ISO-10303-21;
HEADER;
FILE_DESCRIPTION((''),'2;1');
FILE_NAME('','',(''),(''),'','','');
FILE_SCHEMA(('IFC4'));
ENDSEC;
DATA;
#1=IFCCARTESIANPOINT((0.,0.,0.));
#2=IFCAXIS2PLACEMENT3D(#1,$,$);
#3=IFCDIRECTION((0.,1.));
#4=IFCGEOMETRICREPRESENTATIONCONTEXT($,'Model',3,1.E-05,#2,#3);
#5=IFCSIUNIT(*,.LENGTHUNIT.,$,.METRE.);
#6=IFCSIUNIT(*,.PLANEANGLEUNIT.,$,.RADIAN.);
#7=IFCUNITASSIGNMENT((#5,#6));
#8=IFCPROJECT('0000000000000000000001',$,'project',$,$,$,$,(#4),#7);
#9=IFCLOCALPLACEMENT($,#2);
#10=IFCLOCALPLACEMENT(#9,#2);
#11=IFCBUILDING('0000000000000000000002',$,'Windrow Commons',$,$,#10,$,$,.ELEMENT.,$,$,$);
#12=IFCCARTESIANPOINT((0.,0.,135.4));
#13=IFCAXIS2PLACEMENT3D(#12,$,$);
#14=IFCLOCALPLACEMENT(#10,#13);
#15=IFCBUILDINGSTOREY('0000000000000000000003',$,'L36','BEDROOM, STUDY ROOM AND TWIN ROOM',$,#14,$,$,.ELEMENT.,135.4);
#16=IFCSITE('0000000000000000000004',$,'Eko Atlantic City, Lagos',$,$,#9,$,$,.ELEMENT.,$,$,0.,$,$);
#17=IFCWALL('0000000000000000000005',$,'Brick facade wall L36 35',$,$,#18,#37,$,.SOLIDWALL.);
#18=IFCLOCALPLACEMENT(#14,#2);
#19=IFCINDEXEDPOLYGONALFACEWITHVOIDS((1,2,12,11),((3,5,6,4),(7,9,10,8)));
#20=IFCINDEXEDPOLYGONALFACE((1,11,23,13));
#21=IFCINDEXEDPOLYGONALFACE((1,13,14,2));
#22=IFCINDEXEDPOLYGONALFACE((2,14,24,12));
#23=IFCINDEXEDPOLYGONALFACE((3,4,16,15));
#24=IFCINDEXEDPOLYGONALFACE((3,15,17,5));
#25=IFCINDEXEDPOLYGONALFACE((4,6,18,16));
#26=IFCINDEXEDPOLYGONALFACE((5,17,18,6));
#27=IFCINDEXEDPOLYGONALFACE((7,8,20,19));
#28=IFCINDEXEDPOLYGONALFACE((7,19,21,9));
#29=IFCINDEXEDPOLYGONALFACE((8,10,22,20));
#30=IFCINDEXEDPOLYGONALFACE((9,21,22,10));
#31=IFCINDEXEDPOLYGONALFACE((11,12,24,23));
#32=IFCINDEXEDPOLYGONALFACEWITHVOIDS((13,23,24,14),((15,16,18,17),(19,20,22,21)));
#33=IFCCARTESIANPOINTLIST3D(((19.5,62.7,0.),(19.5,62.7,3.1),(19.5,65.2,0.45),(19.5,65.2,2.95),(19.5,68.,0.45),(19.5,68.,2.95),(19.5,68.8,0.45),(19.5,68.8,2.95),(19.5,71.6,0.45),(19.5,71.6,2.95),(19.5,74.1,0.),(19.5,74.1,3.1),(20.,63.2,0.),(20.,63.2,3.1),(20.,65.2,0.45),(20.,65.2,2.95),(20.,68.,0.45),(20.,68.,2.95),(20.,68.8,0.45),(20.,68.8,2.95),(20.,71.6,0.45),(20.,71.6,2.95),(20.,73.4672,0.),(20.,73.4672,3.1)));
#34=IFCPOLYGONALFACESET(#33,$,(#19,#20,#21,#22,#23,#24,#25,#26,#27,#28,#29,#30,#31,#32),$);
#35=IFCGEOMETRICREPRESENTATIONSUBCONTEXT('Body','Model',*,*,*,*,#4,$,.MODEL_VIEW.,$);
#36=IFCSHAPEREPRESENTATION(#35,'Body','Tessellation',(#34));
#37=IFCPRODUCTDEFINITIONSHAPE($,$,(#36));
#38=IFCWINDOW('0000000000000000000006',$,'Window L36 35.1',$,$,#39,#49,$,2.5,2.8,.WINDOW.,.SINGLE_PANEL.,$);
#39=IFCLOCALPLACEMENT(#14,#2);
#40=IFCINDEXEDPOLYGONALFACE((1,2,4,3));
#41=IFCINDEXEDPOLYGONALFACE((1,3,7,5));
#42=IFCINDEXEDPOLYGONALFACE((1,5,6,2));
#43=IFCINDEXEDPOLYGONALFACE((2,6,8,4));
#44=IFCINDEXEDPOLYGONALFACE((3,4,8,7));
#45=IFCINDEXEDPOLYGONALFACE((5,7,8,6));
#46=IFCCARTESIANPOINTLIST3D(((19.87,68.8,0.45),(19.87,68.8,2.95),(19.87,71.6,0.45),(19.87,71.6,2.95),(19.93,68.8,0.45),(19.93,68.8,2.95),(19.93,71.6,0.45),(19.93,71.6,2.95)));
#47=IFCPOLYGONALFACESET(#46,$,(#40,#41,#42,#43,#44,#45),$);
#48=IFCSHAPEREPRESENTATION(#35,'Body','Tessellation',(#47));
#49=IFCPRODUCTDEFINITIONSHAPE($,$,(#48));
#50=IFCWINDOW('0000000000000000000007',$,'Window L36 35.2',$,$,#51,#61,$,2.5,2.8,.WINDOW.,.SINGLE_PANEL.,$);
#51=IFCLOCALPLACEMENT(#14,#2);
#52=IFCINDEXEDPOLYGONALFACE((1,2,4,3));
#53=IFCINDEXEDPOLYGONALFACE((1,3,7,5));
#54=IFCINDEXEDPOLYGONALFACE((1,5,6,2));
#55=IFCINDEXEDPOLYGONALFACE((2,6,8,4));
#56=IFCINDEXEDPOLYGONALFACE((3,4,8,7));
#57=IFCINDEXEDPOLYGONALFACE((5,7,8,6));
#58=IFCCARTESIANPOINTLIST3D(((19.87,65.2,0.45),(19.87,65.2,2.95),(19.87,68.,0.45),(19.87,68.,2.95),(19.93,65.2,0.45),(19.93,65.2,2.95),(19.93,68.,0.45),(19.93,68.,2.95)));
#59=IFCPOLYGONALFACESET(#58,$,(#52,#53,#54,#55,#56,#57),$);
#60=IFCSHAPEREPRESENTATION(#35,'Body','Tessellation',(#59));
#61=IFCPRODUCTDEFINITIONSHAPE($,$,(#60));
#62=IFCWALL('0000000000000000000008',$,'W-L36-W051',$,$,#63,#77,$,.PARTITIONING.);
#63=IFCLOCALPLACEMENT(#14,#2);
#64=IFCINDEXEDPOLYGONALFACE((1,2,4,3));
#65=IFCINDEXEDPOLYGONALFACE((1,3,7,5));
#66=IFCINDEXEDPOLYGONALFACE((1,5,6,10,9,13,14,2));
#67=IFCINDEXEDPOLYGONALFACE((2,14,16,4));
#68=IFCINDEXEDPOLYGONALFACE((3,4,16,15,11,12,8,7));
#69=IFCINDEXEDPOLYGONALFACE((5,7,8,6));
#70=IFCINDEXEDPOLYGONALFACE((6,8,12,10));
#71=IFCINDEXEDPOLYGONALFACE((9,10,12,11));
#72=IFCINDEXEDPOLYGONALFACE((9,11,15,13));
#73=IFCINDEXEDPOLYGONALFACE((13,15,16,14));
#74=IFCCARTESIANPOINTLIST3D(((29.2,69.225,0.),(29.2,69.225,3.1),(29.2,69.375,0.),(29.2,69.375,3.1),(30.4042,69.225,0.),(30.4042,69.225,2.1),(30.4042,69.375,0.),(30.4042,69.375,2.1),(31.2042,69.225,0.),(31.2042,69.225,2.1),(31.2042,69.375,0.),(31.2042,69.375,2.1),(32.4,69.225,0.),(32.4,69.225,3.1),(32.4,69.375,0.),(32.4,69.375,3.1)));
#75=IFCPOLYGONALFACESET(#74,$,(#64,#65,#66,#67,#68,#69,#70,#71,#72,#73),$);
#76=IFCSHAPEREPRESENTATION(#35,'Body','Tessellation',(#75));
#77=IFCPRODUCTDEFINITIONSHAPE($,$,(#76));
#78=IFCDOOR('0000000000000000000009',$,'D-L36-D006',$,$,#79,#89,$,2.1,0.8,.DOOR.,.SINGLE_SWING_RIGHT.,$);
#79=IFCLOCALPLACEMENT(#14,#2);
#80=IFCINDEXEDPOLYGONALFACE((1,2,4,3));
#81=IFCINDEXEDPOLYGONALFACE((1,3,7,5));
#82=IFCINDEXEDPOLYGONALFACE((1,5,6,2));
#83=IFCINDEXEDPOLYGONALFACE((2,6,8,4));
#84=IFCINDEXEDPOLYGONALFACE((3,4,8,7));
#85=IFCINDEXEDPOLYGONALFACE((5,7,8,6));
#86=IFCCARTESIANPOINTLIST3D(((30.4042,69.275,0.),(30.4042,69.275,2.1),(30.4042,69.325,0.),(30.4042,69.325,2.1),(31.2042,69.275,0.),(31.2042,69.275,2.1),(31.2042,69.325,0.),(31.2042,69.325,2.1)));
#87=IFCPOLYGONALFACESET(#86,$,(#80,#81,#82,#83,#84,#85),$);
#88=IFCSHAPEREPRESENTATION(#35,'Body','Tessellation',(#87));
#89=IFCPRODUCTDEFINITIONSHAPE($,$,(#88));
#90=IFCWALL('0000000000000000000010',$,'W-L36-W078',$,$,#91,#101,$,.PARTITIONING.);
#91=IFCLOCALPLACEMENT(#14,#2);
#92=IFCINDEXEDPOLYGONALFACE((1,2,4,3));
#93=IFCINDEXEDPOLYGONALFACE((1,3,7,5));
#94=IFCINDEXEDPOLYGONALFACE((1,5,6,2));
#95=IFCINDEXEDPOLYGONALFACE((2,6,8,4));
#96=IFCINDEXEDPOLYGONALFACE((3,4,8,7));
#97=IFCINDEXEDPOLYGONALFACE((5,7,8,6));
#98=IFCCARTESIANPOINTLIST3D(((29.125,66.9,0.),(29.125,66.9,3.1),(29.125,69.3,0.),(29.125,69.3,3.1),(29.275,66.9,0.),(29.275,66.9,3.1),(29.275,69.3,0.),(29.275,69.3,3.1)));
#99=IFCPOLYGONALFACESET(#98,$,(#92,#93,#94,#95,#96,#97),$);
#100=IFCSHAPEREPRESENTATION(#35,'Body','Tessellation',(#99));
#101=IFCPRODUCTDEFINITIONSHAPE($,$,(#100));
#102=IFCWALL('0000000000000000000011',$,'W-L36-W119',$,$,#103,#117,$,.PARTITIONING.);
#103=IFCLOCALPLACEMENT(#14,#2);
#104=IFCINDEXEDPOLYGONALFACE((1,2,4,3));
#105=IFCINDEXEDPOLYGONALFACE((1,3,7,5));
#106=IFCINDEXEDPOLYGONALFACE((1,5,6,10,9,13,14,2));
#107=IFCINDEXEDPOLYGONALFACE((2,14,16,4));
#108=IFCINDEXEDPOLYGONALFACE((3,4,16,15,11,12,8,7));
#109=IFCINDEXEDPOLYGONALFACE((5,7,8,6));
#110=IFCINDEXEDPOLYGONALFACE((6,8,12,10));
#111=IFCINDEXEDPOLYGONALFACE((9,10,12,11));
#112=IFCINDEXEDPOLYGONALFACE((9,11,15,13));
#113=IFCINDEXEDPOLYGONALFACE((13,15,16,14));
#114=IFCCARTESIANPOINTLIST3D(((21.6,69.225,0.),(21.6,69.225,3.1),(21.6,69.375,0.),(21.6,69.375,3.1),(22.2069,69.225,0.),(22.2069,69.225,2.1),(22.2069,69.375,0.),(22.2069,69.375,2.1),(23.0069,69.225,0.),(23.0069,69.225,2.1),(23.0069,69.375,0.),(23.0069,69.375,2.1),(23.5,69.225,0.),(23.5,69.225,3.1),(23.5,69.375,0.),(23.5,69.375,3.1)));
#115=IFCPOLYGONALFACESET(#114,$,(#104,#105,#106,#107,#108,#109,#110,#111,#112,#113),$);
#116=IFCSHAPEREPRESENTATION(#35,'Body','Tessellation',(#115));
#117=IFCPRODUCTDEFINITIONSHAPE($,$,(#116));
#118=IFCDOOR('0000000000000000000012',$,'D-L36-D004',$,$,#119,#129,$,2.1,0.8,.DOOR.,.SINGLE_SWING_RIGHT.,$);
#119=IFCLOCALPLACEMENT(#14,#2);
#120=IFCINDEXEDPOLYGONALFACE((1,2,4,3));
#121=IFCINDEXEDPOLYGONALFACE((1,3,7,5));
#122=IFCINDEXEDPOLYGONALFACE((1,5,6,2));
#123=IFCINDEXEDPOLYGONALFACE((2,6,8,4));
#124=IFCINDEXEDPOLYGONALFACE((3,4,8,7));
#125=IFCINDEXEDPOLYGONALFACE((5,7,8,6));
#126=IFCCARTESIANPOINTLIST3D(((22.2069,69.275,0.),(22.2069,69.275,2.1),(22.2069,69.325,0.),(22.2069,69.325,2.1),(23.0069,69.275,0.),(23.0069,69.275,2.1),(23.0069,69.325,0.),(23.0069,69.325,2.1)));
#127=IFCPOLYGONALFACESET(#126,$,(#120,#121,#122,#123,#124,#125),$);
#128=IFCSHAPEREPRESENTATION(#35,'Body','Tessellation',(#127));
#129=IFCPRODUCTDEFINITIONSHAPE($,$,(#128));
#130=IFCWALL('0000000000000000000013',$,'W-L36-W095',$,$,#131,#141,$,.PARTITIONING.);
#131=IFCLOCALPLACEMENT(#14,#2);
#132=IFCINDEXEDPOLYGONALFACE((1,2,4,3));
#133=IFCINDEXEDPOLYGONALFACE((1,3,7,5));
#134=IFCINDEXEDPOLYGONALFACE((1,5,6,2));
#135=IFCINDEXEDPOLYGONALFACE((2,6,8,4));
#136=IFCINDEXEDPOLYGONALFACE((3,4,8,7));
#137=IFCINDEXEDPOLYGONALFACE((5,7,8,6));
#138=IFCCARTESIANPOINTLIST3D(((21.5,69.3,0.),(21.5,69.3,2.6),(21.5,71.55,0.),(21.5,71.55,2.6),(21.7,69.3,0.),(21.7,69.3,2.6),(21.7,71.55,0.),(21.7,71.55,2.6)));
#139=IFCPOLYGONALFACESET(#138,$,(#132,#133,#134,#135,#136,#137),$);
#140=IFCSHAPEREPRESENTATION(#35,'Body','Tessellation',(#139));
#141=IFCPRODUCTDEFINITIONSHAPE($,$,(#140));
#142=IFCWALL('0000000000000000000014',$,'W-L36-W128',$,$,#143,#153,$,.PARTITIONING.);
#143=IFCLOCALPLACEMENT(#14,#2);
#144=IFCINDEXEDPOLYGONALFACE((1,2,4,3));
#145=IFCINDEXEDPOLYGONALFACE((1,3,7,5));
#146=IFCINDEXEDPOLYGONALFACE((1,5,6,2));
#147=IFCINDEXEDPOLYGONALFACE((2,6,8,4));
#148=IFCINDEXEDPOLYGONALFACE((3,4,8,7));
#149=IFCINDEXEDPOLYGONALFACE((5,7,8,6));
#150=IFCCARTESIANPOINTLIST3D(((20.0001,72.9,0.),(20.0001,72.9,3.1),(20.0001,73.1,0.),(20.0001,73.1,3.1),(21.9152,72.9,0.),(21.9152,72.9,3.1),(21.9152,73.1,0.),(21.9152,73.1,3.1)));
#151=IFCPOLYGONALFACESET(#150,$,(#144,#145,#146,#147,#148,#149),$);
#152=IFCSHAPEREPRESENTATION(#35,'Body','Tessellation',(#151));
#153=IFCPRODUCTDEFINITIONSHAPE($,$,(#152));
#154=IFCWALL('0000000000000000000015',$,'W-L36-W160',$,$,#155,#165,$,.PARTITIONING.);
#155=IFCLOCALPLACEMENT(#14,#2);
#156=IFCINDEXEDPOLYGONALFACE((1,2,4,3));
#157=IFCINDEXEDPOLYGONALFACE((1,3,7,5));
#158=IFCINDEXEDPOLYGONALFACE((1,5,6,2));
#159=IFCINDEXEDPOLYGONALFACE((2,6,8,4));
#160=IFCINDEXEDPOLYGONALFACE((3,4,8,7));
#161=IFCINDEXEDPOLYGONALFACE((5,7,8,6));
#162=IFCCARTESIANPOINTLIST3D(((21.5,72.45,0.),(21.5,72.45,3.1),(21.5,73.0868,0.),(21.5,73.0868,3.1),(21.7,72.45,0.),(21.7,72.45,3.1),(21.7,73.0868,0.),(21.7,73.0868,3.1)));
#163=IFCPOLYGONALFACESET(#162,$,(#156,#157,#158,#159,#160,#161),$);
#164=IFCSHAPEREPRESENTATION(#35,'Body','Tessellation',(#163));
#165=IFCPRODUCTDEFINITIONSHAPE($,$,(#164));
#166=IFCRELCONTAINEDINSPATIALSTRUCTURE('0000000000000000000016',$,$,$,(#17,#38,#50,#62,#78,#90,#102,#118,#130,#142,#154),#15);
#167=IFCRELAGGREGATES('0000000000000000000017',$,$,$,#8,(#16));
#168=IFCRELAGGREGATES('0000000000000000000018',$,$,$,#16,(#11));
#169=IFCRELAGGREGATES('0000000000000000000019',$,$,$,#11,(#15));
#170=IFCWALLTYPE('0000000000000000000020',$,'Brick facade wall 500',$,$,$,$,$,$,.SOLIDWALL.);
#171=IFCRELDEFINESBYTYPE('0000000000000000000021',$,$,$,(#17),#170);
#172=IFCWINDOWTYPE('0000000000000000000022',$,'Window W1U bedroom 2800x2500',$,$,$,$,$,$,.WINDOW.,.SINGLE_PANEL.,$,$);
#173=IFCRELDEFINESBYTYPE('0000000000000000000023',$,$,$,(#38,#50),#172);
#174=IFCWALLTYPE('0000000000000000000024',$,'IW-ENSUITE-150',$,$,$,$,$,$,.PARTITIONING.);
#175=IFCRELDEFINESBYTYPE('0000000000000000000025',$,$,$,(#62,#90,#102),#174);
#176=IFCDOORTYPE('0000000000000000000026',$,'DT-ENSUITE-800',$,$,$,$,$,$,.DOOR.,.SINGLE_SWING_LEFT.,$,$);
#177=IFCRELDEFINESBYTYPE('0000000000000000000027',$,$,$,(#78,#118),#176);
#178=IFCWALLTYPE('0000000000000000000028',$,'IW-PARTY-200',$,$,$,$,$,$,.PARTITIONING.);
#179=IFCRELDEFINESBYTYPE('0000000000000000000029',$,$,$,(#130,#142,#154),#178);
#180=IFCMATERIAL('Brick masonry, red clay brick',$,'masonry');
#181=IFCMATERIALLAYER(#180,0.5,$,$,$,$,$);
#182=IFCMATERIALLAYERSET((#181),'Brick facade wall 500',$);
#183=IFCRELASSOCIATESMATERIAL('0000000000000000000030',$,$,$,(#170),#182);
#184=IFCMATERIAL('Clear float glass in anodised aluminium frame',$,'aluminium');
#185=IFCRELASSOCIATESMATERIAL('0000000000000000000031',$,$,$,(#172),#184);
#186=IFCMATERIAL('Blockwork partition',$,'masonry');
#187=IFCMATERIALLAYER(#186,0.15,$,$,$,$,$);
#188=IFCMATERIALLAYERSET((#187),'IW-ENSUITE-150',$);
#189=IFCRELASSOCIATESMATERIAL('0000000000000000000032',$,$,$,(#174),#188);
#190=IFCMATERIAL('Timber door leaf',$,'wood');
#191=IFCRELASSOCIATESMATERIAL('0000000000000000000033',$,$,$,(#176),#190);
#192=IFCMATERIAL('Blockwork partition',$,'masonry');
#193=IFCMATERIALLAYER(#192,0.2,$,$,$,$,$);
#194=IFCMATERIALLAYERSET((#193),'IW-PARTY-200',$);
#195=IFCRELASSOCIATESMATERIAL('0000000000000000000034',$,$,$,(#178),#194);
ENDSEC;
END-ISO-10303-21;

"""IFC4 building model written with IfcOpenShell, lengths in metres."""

from ifc_helpers import new_model, si_unit, direction, frame, frame_2d, origin, place, context, subcontext, project, spatial, polyline, rectangle, outline, extrude, material, layer, layer_set, type_object, element, fill, save


model = new_model("IFC4")

# Units and contexts
model_context = context("Model", 3, precision=1e-05, world=origin(), true_north=direction((0.0, 1.0)))
body_context = subcontext(model_context, "Body", "Model", "MODEL_VIEW")
ifc_project = project(units=[si_unit("LENGTHUNIT", "METRE"), si_unit("PLANEANGLEUNIT", "RADIAN")], contexts=[model_context])

# Site, building, storey
site_placement = place(None, origin())
site = spatial("IfcSite", under=ifc_project, at=site_placement, Name="Eko Atlantic City, Lagos", CompositionType="ELEMENT", RefElevation=0.0)
building_placement = place(site_placement, origin())
building = spatial("IfcBuilding", under=site, at=building_placement, Name="Windrow Commons", CompositionType="ELEMENT")
storey_placement = place(building_placement, frame((0.0, 0.0, 135.4)))
storey = spatial("IfcBuildingStorey", under=building, at=storey_placement, Name="L36", Description="BEDROOM, STUDY ROOM AND TWIN ROOM", CompositionType="ELEMENT", Elevation=135.4)

# Wall, openings, windows
ifc_material_1 = material(Name="Brick masonry, red clay brick", Category="masonry")
ifc_layer_1 = layer(ifc_material_1, 0.5)
ifc_layer_set_1 = layer_set([ifc_layer_1], Name="Brick facade wall 500")
wall_type_1 = type_object("IfcWallType", Name="Brick facade wall 500", PredefinedType="SOLIDWALL", material=ifc_layer_set_1)
wall_1_placement = place(storey_placement, frame((19.75, 73.7836, 0.0), z_axis=(0.0, 0.0, 1.0), x_axis=(0.0, -1.0, 0.0)))
wall_1 = element("IfcWall", 1, at=wall_1_placement, inside=storey, type_object=wall_type_1, Name="Brick facade wall L36 35", PredefinedType="SOLIDWALL", context=body_context, shape_type="SweptSolid", body=[
    extrude(outline(polyline([(-0.3164, -0.25), (11.0836, -0.25), (10.5836, 0.25), (0.3164, 0.25), (-0.3164, -0.25)])), origin(), (0.0, 0.0, 1.0), 3.1),
])
opening_1_placement = place(wall_1_placement, frame((2.1836, 0.0, 0.45)))
opening_1 = element("IfcOpeningElement", 2, at=opening_1_placement, cuts=wall_1, PredefinedType="OPENING", context=body_context, shape_type="SweptSolid", body=[
    extrude(rectangle(XDim=2.8, YDim=2.5, at=frame_2d((1.4, 1.25))), frame((0.0, 0.26, 0.0), z_axis=(0.0, -1.0, 0.0), x_axis=(1.0, 0.0, 0.0)), (0.0, 0.0, 1.0), 0.52),
])
opening_2_placement = place(wall_1_placement, frame((5.7836, 0.0, 0.45)))
opening_2 = element("IfcOpeningElement", 3, at=opening_2_placement, cuts=wall_1, PredefinedType="OPENING", context=body_context, shape_type="SweptSolid", body=[
    extrude(rectangle(XDim=2.8, YDim=2.5, at=frame_2d((1.4, 1.25))), frame((0.0, 0.26, 0.0), z_axis=(0.0, -1.0, 0.0), x_axis=(1.0, 0.0, 0.0)), (0.0, 0.0, 1.0), 0.52),
])
ifc_material_2 = material(Name="Clear float glass in anodised aluminium frame", Category="aluminium")
window_type_1 = type_object("IfcWindowType", Name="Window W1U bedroom 2800x2500", PartitioningType="SINGLE_PANEL", PredefinedType="WINDOW", material=ifc_material_2)
window_1_placement = place(opening_1_placement, origin())
window_1 = element("IfcWindow", 4, at=window_1_placement, inside=storey, type_object=window_type_1, Name="Window L36 35.1", OverallHeight=2.5, OverallWidth=2.8, PartitioningType="SINGLE_PANEL", PredefinedType="WINDOW", context=body_context, shape_type="SweptSolid", body=[
    extrude(rectangle(XDim=2.8, YDim=2.5, at=frame_2d((1.4, 1.25))), frame((0.0, 0.18, 0.0), z_axis=(0.0, -1.0, 0.0), x_axis=(1.0, 0.0, 0.0)), (0.0, 0.0, 1.0), 0.06),
])
fill(opening_1, window_1)
window_2_placement = place(opening_2_placement, origin())
window_2 = element("IfcWindow", 5, at=window_2_placement, inside=storey, type_object=window_type_1, Name="Window L36 35.2", OverallHeight=2.5, OverallWidth=2.8, PartitioningType="SINGLE_PANEL", PredefinedType="WINDOW", context=body_context, shape_type="SweptSolid", body=[
    extrude(rectangle(XDim=2.8, YDim=2.5, at=frame_2d((1.4, 1.25))), frame((0.0, 0.18, 0.0), z_axis=(0.0, -1.0, 0.0), x_axis=(1.0, 0.0, 0.0)), (0.0, 0.0, 1.0), 0.06),
])
fill(opening_2, window_2)

# Wall, opening, door
ifc_material_3 = material(Name="Blockwork partition", Category="masonry")
ifc_layer_2 = layer(ifc_material_3, 0.15)
ifc_layer_set_2 = layer_set([ifc_layer_2], Name="IW-ENSUITE-150")
wall_type_2 = type_object("IfcWallType", Name="IW-ENSUITE-150", PredefinedType="PARTITIONING", material=ifc_layer_set_2)
wall_2_placement = place(storey_placement, frame((29.2, 69.3, 0.0), z_axis=(0.0, 0.0, 1.0), x_axis=(1.0, 0.0, 0.0)))
wall_2 = element("IfcWall", 6, at=wall_2_placement, inside=storey, type_object=wall_type_2, Name="W-L36-W051", PredefinedType="PARTITIONING", context=body_context, shape_type="SweptSolid", body=[
    extrude(rectangle(XDim=3.2, YDim=0.15, at=frame_2d((1.6, 0.0))), origin(), (0.0, 0.0, 1.0), 3.1),
])
opening_3_placement = place(wall_2_placement, frame((1.2042, 0.0, 0.0)))
opening_3 = element("IfcOpeningElement", 7, at=opening_3_placement, cuts=wall_2, PredefinedType="OPENING", context=body_context, shape_type="SweptSolid", body=[
    extrude(rectangle(XDim=0.8, YDim=2.1, at=frame_2d((0.4, 1.05))), frame((0.0, 0.085, 0.0), z_axis=(0.0, -1.0, 0.0), x_axis=(1.0, 0.0, 0.0)), (0.0, 0.0, 1.0), 0.17),
])
ifc_material_4 = material(Name="Timber door leaf", Category="wood")
door_type = type_object("IfcDoorType", Name="DT-ENSUITE-800", OperationType="SINGLE_SWING_LEFT", PredefinedType="DOOR", material=ifc_material_4)
door_1_placement = place(opening_3_placement, origin())
door_1 = element("IfcDoor", 8, at=door_1_placement, inside=storey, type_object=door_type, Name="D-L36-D006", OperationType="SINGLE_SWING_RIGHT", OverallHeight=2.1, OverallWidth=0.8, PredefinedType="DOOR", context=body_context, shape_type="SweptSolid", body=[
    extrude(rectangle(XDim=0.8, YDim=2.1, at=frame_2d((0.4, 1.05))), frame((0.0, 0.025, 0.0), z_axis=(0.0, -1.0, 0.0), x_axis=(1.0, 0.0, 0.0)), (0.0, 0.0, 1.0), 0.05),
])
fill(opening_3, door_1)

# Wall
wall_3_placement = place(storey_placement, frame((29.2, 66.9, 0.0), z_axis=(0.0, 0.0, 1.0), x_axis=(0.0, 1.0, 0.0)))
element("IfcWall", 9, at=wall_3_placement, inside=storey, type_object=wall_type_2, Name="W-L36-W078", PredefinedType="PARTITIONING", context=body_context, shape_type="SweptSolid", body=[
    extrude(rectangle(XDim=2.4, YDim=0.15, at=frame_2d((1.2, 0.0))), origin(), (0.0, 0.0, 1.0), 3.1),
])

# Wall, opening, door
wall_4_placement = place(storey_placement, frame((21.6, 69.3, 0.0), z_axis=(0.0, 0.0, 1.0), x_axis=(1.0, 0.0, 0.0)))
wall_4 = element("IfcWall", 10, at=wall_4_placement, inside=storey, type_object=wall_type_2, Name="W-L36-W119", PredefinedType="PARTITIONING", context=body_context, shape_type="SweptSolid", body=[
    extrude(rectangle(XDim=1.9, YDim=0.15, at=frame_2d((0.95, 0.0))), origin(), (0.0, 0.0, 1.0), 3.1),
])
opening_4_placement = place(wall_4_placement, frame((0.6069, 0.0, 0.0)))
opening_4 = element("IfcOpeningElement", 11, at=opening_4_placement, cuts=wall_4, PredefinedType="OPENING", context=body_context, shape_type="SweptSolid", body=[
    extrude(rectangle(XDim=0.8, YDim=2.1, at=frame_2d((0.4, 1.05))), frame((0.0, 0.085, 0.0), z_axis=(0.0, -1.0, 0.0), x_axis=(1.0, 0.0, 0.0)), (0.0, 0.0, 1.0), 0.17),
])
door_2_placement = place(opening_4_placement, origin())
door_2 = element("IfcDoor", 12, at=door_2_placement, inside=storey, type_object=door_type, Name="D-L36-D004", OperationType="SINGLE_SWING_RIGHT", OverallHeight=2.1, OverallWidth=0.8, PredefinedType="DOOR", context=body_context, shape_type="SweptSolid", body=[
    extrude(rectangle(XDim=0.8, YDim=2.1, at=frame_2d((0.4, 1.05))), frame((0.0, 0.025, 0.0), z_axis=(0.0, -1.0, 0.0), x_axis=(1.0, 0.0, 0.0)), (0.0, 0.0, 1.0), 0.05),
])
fill(opening_4, door_2)

# Walls
ifc_material_5 = material(Name="Blockwork partition", Category="masonry")
ifc_layer_3 = layer(ifc_material_5, 0.2)
ifc_layer_set_3 = layer_set([ifc_layer_3], Name="IW-PARTY-200")
wall_type_3 = type_object("IfcWallType", Name="IW-PARTY-200", PredefinedType="PARTITIONING", material=ifc_layer_set_3)
wall_5_placement = place(storey_placement, frame((21.6, 69.3, 0.0), z_axis=(0.0, 0.0, 1.0), x_axis=(0.0, 1.0, 0.0)))
element("IfcWall", 13, at=wall_5_placement, inside=storey, type_object=wall_type_3, Name="W-L36-W095", PredefinedType="PARTITIONING", context=body_context, shape_type="SweptSolid", body=[
    extrude(rectangle(XDim=2.25, YDim=0.2, at=frame_2d((1.125, 0.0))), origin(), (0.0, 0.0, 1.0), 2.6),
])
wall_6_placement = place(storey_placement, frame((20.0, 73.0, 0.0), z_axis=(0.0, 0.0, 1.0), x_axis=(1.0, 0.0, 0.0)))
element("IfcWall", 14, at=wall_6_placement, inside=storey, type_object=wall_type_3, Name="W-L36-W128", PredefinedType="PARTITIONING", context=body_context, shape_type="SweptSolid", body=[
    extrude(rectangle(XDim=1.9151, YDim=0.2, at=frame_2d((0.9576, 0.0))), origin(), (0.0, 0.0, 1.0), 3.1),
])
wall_7_placement = place(storey_placement, frame((21.6, 72.45, 0.0), z_axis=(0.0, 0.0, 1.0), x_axis=(0.0, 1.0, 0.0)))
element("IfcWall", 15, at=wall_7_placement, inside=storey, type_object=wall_type_3, Name="W-L36-W160", PredefinedType="PARTITIONING", context=body_context, shape_type="SweptSolid", body=[
    extrude(rectangle(XDim=0.6368, YDim=0.2, at=frame_2d((0.3184, 0.0))), origin(), (0.0, 0.0, 1.0), 3.1),
])

save(model, "model.ifc")
